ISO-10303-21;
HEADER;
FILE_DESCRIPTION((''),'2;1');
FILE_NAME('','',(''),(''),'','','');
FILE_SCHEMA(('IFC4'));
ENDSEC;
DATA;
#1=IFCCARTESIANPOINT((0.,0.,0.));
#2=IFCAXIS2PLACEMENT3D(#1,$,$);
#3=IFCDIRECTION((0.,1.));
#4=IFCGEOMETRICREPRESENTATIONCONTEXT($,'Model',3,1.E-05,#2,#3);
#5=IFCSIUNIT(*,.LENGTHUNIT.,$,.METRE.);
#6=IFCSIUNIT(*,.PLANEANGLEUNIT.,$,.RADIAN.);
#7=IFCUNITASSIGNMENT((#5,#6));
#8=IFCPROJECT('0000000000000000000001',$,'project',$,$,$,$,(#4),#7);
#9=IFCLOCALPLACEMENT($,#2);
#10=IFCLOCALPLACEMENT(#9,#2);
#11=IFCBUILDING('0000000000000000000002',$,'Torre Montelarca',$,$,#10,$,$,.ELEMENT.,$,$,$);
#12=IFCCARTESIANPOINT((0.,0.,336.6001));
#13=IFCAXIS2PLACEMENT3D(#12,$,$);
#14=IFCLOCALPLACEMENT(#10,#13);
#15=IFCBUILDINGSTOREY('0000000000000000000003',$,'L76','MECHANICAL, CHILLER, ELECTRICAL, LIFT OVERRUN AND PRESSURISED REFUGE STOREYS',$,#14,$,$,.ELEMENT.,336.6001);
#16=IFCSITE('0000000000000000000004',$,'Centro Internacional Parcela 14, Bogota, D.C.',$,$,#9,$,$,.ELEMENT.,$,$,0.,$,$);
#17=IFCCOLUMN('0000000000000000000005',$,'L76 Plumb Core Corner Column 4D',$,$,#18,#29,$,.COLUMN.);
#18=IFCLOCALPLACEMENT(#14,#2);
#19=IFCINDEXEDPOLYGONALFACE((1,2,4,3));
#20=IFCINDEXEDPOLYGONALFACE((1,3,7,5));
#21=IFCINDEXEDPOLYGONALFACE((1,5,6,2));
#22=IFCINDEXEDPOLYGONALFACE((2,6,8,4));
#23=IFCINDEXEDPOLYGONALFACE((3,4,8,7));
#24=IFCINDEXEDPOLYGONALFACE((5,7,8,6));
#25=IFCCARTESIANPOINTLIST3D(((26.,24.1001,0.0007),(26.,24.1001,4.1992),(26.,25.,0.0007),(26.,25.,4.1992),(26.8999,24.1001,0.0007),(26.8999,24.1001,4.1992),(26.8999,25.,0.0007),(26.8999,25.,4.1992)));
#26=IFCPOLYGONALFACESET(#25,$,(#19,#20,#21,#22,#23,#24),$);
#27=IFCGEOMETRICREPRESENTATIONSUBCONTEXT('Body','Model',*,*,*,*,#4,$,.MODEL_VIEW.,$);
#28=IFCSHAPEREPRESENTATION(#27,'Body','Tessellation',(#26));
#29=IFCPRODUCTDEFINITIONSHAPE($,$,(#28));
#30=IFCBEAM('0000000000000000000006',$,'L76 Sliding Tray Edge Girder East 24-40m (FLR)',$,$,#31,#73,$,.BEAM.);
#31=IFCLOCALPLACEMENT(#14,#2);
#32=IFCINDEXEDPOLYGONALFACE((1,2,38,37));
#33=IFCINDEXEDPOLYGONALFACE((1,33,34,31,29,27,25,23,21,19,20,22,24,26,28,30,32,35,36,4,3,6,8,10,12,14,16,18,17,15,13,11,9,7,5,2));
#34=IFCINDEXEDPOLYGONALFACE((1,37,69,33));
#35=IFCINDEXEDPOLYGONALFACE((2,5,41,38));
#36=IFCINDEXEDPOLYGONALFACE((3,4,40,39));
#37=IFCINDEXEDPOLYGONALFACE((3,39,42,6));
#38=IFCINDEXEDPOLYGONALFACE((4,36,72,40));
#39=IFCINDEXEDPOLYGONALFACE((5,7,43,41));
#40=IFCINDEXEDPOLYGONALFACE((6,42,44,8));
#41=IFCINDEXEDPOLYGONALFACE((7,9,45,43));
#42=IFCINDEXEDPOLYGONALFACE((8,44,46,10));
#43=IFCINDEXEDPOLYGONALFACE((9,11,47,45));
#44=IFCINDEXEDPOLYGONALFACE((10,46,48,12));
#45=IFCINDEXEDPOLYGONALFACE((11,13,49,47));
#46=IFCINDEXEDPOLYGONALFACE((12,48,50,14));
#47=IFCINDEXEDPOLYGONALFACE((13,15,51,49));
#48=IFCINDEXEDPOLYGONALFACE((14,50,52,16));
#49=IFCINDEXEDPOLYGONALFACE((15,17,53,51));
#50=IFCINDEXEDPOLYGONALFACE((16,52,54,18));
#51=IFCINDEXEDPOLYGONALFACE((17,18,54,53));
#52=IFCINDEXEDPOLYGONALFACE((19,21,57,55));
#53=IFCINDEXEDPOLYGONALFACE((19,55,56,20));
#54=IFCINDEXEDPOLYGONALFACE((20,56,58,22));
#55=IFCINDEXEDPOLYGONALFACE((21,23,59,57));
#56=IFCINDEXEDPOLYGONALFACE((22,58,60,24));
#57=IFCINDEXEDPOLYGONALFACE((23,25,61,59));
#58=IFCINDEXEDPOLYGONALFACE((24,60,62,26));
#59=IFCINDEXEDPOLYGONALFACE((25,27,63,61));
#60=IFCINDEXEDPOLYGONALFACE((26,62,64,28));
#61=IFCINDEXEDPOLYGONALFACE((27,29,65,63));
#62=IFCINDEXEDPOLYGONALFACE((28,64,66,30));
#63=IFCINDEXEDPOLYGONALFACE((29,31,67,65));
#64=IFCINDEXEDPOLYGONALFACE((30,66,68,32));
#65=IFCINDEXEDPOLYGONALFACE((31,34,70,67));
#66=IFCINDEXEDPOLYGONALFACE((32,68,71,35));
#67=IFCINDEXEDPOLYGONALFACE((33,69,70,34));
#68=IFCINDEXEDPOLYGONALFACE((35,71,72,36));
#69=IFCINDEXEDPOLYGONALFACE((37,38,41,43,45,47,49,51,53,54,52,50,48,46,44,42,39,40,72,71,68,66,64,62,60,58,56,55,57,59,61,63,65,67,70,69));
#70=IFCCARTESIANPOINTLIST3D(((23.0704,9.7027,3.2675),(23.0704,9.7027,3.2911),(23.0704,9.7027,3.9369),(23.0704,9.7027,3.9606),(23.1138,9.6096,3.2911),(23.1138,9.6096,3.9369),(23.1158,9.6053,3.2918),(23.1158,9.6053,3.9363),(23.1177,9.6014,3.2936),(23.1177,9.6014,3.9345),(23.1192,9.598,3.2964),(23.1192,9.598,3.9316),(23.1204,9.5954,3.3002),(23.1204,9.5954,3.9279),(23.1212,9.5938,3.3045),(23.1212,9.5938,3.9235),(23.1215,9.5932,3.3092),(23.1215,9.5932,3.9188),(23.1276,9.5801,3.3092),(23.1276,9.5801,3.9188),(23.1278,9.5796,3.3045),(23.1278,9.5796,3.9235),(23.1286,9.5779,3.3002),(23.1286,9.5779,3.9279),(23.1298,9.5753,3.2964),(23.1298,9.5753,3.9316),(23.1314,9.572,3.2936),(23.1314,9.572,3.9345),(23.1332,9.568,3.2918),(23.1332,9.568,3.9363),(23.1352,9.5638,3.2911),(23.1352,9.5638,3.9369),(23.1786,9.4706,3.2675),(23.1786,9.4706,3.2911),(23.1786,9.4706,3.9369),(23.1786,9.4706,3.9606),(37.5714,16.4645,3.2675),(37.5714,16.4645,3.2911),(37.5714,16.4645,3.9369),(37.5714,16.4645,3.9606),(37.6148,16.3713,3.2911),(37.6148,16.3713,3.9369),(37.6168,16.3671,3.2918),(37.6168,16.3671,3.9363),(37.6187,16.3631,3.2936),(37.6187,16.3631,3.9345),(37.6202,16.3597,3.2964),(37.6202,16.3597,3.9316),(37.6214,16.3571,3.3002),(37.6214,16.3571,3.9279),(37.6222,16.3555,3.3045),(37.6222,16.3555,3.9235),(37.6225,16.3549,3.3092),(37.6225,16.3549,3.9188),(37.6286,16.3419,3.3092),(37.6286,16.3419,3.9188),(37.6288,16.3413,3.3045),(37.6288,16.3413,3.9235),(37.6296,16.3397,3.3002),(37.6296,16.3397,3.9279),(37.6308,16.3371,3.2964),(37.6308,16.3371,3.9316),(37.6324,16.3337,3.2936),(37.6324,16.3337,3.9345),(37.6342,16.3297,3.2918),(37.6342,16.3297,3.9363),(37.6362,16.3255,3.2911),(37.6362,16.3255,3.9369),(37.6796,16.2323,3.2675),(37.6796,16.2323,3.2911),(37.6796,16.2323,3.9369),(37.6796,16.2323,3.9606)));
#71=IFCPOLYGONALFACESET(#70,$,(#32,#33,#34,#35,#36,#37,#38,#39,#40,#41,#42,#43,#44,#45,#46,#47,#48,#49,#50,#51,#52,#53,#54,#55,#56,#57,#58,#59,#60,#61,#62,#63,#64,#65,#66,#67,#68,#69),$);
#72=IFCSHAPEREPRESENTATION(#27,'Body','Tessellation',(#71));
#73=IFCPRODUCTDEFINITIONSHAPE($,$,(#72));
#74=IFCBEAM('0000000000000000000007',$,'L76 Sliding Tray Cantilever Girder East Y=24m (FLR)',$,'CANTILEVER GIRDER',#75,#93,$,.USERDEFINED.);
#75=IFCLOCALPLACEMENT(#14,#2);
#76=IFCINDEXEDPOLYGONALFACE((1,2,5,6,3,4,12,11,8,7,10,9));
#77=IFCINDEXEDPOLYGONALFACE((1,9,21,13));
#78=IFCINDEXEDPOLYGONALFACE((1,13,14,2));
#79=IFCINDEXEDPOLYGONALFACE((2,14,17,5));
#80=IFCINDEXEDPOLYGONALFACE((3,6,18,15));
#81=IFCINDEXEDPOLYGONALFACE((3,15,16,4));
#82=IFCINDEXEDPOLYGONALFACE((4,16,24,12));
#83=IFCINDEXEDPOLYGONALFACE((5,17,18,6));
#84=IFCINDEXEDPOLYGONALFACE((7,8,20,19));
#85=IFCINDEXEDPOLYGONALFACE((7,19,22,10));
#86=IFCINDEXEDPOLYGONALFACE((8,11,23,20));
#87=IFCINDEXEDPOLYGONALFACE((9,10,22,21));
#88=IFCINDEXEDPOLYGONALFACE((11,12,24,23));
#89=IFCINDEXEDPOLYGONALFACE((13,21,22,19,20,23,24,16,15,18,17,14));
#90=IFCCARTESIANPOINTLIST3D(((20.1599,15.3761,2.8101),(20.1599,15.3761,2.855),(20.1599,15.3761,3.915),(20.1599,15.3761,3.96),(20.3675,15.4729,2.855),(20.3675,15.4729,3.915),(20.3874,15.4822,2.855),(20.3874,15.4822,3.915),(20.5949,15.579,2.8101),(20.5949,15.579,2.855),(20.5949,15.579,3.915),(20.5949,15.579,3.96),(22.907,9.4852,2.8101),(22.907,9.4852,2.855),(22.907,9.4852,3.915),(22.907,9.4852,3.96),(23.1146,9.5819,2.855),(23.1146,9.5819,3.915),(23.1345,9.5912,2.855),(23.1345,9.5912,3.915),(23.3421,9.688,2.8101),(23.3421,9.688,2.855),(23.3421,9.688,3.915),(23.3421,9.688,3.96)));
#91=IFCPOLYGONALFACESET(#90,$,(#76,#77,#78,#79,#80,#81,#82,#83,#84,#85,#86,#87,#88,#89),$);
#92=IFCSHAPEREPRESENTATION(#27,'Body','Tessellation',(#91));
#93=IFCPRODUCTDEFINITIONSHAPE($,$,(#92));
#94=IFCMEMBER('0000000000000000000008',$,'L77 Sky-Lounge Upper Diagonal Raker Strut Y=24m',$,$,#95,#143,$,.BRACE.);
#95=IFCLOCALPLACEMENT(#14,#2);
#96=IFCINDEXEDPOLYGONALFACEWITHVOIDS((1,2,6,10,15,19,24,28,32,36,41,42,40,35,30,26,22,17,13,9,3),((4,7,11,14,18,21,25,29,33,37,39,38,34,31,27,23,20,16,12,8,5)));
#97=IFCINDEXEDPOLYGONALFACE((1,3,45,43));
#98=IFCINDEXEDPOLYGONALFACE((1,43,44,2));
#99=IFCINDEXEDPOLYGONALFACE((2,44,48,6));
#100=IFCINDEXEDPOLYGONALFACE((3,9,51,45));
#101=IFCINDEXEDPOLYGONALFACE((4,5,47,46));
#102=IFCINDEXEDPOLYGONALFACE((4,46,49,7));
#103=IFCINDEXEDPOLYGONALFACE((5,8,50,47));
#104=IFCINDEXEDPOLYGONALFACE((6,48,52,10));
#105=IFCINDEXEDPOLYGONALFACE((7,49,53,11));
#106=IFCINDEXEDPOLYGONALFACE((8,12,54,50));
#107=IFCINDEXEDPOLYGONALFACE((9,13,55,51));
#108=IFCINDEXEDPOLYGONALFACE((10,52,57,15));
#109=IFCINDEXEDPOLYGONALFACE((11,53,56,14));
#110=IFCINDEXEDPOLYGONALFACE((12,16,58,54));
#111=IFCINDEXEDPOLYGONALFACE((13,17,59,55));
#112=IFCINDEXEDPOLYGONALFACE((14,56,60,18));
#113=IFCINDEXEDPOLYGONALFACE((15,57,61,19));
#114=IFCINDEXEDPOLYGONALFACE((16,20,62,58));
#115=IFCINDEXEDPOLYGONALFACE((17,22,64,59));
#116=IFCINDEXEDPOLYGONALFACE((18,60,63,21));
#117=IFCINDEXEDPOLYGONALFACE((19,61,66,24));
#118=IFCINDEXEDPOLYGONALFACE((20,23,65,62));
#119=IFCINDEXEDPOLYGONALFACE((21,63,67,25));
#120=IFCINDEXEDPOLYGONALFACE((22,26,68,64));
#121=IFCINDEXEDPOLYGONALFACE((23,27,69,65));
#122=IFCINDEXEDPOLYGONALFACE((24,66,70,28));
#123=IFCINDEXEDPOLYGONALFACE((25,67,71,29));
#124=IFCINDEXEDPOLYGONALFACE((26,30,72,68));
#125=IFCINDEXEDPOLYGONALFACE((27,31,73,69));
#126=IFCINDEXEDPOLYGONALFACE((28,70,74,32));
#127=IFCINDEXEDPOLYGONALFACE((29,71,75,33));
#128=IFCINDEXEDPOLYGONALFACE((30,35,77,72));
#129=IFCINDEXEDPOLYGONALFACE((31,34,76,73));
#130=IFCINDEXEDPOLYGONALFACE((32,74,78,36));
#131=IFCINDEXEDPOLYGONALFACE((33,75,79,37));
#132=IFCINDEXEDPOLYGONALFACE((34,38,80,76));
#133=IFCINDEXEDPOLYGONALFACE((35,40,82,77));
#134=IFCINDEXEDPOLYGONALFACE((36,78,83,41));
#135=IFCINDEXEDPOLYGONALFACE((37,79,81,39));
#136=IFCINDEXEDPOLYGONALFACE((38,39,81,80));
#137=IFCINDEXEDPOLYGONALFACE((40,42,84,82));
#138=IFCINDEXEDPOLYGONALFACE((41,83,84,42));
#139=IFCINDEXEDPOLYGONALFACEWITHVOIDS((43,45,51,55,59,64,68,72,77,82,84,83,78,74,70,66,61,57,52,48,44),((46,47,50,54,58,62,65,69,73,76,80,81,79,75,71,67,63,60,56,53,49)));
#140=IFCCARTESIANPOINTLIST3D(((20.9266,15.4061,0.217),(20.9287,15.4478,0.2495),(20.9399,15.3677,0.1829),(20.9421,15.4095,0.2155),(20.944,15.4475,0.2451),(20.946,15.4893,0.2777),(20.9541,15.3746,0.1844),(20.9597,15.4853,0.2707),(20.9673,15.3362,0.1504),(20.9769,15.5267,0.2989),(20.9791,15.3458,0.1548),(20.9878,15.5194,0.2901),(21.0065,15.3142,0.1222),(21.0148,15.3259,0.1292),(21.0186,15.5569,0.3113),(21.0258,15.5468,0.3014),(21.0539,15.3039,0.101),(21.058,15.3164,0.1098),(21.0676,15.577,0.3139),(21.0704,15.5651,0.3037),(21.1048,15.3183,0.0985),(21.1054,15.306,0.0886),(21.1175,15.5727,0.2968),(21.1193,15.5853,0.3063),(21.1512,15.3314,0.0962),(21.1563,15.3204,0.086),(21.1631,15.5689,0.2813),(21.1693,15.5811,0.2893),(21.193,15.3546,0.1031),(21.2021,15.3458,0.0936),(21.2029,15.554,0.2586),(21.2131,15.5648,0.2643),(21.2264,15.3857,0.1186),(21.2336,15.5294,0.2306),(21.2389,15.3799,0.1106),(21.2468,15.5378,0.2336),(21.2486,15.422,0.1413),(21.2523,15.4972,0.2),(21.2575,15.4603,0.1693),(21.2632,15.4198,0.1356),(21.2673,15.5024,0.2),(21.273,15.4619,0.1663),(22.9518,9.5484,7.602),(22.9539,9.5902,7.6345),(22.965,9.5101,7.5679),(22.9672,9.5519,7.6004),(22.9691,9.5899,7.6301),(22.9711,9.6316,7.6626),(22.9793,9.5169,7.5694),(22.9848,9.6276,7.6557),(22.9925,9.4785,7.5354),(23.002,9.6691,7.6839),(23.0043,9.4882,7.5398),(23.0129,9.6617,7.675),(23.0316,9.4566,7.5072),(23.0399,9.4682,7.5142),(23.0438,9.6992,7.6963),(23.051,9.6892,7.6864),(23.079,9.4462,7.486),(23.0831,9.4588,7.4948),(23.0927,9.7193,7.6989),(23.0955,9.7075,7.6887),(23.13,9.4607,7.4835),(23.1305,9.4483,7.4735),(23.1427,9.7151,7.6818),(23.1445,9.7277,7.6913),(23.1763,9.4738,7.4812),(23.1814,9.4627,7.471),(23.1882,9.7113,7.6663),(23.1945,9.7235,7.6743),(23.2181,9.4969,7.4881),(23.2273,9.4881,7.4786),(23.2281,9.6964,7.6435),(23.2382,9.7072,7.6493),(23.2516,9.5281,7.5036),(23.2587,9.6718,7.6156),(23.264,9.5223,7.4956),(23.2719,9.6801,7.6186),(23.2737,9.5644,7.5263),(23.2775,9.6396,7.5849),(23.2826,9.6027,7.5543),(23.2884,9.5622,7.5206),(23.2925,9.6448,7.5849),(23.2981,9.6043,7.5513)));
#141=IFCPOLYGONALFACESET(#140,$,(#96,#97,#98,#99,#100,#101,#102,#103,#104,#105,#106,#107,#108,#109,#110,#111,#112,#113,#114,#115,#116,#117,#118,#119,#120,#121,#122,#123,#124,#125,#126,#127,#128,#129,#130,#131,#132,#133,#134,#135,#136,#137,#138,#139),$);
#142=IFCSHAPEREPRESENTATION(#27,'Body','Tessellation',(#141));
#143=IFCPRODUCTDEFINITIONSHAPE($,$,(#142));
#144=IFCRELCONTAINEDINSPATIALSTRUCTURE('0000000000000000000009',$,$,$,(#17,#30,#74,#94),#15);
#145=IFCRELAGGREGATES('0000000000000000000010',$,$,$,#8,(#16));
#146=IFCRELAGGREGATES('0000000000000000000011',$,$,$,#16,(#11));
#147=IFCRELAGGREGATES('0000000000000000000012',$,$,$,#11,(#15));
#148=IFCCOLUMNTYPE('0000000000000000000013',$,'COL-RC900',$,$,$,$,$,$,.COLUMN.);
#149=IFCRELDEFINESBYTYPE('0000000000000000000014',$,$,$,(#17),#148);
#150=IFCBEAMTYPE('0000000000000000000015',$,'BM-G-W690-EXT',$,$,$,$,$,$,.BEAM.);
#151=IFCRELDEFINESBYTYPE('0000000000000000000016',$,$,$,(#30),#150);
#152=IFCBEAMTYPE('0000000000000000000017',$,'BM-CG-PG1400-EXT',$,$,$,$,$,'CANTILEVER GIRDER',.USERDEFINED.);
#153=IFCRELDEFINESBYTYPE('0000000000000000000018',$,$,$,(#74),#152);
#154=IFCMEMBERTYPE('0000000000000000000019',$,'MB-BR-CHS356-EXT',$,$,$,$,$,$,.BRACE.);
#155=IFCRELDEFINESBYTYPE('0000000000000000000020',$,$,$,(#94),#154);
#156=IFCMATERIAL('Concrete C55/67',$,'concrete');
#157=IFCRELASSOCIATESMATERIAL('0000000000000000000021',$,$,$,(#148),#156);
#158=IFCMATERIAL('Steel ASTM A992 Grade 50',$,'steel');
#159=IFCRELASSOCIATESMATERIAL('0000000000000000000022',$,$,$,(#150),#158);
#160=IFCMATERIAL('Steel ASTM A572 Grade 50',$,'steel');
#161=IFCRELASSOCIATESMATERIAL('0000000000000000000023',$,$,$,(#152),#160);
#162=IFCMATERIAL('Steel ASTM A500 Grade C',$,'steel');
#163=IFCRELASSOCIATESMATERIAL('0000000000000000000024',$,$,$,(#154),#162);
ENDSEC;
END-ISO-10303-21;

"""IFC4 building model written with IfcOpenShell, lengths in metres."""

from ifc_helpers import new_model, si_unit, direction, frame, origin, origin_2d, place, context, subcontext, project, spatial, rectangle, hollow_circle, i_section, extrude, source, transform, mapped, material, material_profile, profile_set, type_object, element, save


model = new_model("IFC4")

# Units and contexts
model_context = context("Model", 3, precision=1e-05, world=origin(), true_north=direction((0.0, 1.0)))
body_context = subcontext(model_context, "Body", "Model", "MODEL_VIEW")
ifc_project = project(units=[si_unit("LENGTHUNIT", "METRE"), si_unit("PLANEANGLEUNIT", "RADIAN")], contexts=[model_context])

# Site, building, storey
site_placement = place(None, origin())
site = spatial("IfcSite", under=ifc_project, at=site_placement, Name="Centro Internacional Parcela 14, Bogota, D.C.", CompositionType="ELEMENT", RefElevation=0.0)
building_placement = place(site_placement, origin())
building = spatial("IfcBuilding", under=site, at=building_placement, Name="Torre Montelarca", CompositionType="ELEMENT")
storey_placement = place(building_placement, frame((0.0, 0.0, 336.6001)))
storey = spatial("IfcBuildingStorey", under=building, at=storey_placement, Name="L76", Description="MECHANICAL, CHILLER, ELECTRICAL, LIFT OVERRUN AND PRESSURISED REFUGE STOREYS", CompositionType="ELEMENT", Elevation=336.6001)

# Column
ifc_material_1 = material(Name="Concrete C55/67", Category="concrete")
ifc_material_profile_1 = material_profile(ifc_material_1, rectangle(XDim=0.8999, YDim=0.8999, at=origin_2d()), Name="RC900X900", Category="concrete")
ifc_profile_set_1 = profile_set([ifc_material_profile_1], Name="Concrete C55/67")
column_type_1 = type_object("IfcColumnType", Name="COL-RC900", PredefinedType="COLUMN", material=ifc_profile_set_1)
shared_shape_1 = source(origin(), body_context, "Body", "SweptSolid", [
    extrude(rectangle(XDim=0.8999, YDim=0.8999, at=origin_2d()), origin(), (0.0, 0.0, 1.0), 4.1985),
])
column_1_placement = place(storey_placement, frame((26.45, 24.55, 0.0007), z_axis=(0.0, 0.0, 1.0), x_axis=(1.0, 0.0, 0.0)))
element("IfcColumn", 1, at=column_1_placement, inside=storey, type_object=column_type_1, Name="L76 Plumb Core Corner Column 4D", PredefinedType="COLUMN", context=body_context, shape_type="MappedRepresentation", body=[
    mapped(shared_shape_1, transform((0.0, 0.0, 0.0), scale=1.0)),
])

# Beams
ifc_material_2 = material(Name="Steel ASTM A992 Grade 50", Category="steel")
ifc_material_profile_2 = material_profile(ifc_material_2, i_section(OverallWidth=0.2561, OverallDepth=0.6931, WebThickness=0.0144, FlangeThickness=0.0237, FilletRadius=0.0181, at=origin_2d()), Name="W690X170", Category="steel")
ifc_profile_set_2 = profile_set([ifc_material_profile_2], Name="Steel ASTM A992 Grade 50")
beam_type_1 = type_object("IfcBeamType", Name="BM-G-W690-EXT", PredefinedType="BEAM", material=ifc_profile_set_2)
shared_shape_2 = source(origin(), body_context, "Body", "SweptSolid", [
    extrude(i_section(OverallWidth=0.2561, OverallDepth=0.6931, WebThickness=0.0144, FlangeThickness=0.0237, FilletRadius=0.0181, at=origin_2d()), origin(), (0.0, 0.0, 1.0), 16.0),
])
beam_1_placement = place(storey_placement, frame((23.1245, 9.5867, 3.614), z_axis=(0.906313, 0.422608, 0.0), x_axis=(-0.422608, 0.906313, 0.0)))
element("IfcBeam", 2, at=beam_1_placement, inside=storey, type_object=beam_type_1, Name="L76 Sliding Tray Edge Girder East 24-40m (FLR)", PredefinedType="BEAM", context=body_context, shape_type="MappedRepresentation", body=[
    mapped(shared_shape_2, transform((0.0, 0.0, 0.0), scale=1.0)),
])
ifc_material_3 = material(Name="Steel ASTM A572 Grade 50", Category="steel")
ifc_material_profile_3 = material_profile(ifc_material_3, i_section(OverallWidth=0.48, OverallDepth=1.1499, WebThickness=0.022, FlangeThickness=0.0449, at=origin_2d()), Name="PG1150X480X22X45", Category="steel")
ifc_profile_set_3 = profile_set([ifc_material_profile_3], Name="Steel ASTM A572 Grade 50")
beam_type_2 = type_object("IfcBeamType", Name="BM-CG-PG1400-EXT", ElementType="CANTILEVER GIRDER", PredefinedType="USERDEFINED", material=ifc_profile_set_3)
shared_shape_3 = source(origin(), body_context, "Body", "SweptSolid", [
    extrude(i_section(OverallWidth=0.48, OverallDepth=1.1499, WebThickness=0.022, FlangeThickness=0.0449, at=origin_2d()), origin(), (0.0, 0.0, 1.0), 6.5),
])
beam_2_placement = place(storey_placement, frame((20.3774, 15.4775, 3.385), z_axis=(0.422633, -0.906301, 0.0), x_axis=(0.906301, 0.422633, 0.0)))
element("IfcBeam", 3, at=beam_2_placement, inside=storey, type_object=beam_type_2, Name="L76 Sliding Tray Cantilever Girder East Y=24m (FLR)", ObjectType="CANTILEVER GIRDER", PredefinedType="USERDEFINED", context=body_context, shape_type="MappedRepresentation", body=[
    mapped(shared_shape_3, transform((0.0, 0.0, 0.0), scale=1.0)),
])

# Member
ifc_material_4 = material(Name="Steel ASTM A500 Grade C", Category="steel")
ifc_material_profile_4 = material_profile(ifc_material_4, hollow_circle(Radius=0.1777, WallThickness=0.0159, at=origin_2d()), Name="HSS355.6X15.9", Category="steel")
ifc_profile_set_4 = profile_set([ifc_material_profile_4], Name="Steel ASTM A500 Grade C")
member_type_1 = type_object("IfcMemberType", Name="MB-BR-CHS356-EXT", PredefinedType="BRACE", material=ifc_profile_set_4)
shared_shape_4 = source(origin(), body_context, "Body", "SweptSolid", [
    extrude(hollow_circle(Radius=0.1777, WallThickness=0.0159, at=origin_2d()), origin(), (0.0, 0.0, 1.0), 9.6411),
])
member_1_placement = place(storey_placement, frame((21.0994, 15.4443, 0.2), z_axis=(0.210052, -0.607569, 0.765988), x_axis=(0.945111, 0.326749, 0.0)))
element("IfcMember", 4, at=member_1_placement, inside=storey, type_object=member_type_1, Name="L77 Sky-Lounge Upper Diagonal Raker Strut Y=24m", PredefinedType="BRACE", context=body_context, shape_type="MappedRepresentation", body=[
    mapped(shared_shape_4, transform((0.0, 0.0, 0.0), scale=1.0)),
])

save(model, "model.ifc")
